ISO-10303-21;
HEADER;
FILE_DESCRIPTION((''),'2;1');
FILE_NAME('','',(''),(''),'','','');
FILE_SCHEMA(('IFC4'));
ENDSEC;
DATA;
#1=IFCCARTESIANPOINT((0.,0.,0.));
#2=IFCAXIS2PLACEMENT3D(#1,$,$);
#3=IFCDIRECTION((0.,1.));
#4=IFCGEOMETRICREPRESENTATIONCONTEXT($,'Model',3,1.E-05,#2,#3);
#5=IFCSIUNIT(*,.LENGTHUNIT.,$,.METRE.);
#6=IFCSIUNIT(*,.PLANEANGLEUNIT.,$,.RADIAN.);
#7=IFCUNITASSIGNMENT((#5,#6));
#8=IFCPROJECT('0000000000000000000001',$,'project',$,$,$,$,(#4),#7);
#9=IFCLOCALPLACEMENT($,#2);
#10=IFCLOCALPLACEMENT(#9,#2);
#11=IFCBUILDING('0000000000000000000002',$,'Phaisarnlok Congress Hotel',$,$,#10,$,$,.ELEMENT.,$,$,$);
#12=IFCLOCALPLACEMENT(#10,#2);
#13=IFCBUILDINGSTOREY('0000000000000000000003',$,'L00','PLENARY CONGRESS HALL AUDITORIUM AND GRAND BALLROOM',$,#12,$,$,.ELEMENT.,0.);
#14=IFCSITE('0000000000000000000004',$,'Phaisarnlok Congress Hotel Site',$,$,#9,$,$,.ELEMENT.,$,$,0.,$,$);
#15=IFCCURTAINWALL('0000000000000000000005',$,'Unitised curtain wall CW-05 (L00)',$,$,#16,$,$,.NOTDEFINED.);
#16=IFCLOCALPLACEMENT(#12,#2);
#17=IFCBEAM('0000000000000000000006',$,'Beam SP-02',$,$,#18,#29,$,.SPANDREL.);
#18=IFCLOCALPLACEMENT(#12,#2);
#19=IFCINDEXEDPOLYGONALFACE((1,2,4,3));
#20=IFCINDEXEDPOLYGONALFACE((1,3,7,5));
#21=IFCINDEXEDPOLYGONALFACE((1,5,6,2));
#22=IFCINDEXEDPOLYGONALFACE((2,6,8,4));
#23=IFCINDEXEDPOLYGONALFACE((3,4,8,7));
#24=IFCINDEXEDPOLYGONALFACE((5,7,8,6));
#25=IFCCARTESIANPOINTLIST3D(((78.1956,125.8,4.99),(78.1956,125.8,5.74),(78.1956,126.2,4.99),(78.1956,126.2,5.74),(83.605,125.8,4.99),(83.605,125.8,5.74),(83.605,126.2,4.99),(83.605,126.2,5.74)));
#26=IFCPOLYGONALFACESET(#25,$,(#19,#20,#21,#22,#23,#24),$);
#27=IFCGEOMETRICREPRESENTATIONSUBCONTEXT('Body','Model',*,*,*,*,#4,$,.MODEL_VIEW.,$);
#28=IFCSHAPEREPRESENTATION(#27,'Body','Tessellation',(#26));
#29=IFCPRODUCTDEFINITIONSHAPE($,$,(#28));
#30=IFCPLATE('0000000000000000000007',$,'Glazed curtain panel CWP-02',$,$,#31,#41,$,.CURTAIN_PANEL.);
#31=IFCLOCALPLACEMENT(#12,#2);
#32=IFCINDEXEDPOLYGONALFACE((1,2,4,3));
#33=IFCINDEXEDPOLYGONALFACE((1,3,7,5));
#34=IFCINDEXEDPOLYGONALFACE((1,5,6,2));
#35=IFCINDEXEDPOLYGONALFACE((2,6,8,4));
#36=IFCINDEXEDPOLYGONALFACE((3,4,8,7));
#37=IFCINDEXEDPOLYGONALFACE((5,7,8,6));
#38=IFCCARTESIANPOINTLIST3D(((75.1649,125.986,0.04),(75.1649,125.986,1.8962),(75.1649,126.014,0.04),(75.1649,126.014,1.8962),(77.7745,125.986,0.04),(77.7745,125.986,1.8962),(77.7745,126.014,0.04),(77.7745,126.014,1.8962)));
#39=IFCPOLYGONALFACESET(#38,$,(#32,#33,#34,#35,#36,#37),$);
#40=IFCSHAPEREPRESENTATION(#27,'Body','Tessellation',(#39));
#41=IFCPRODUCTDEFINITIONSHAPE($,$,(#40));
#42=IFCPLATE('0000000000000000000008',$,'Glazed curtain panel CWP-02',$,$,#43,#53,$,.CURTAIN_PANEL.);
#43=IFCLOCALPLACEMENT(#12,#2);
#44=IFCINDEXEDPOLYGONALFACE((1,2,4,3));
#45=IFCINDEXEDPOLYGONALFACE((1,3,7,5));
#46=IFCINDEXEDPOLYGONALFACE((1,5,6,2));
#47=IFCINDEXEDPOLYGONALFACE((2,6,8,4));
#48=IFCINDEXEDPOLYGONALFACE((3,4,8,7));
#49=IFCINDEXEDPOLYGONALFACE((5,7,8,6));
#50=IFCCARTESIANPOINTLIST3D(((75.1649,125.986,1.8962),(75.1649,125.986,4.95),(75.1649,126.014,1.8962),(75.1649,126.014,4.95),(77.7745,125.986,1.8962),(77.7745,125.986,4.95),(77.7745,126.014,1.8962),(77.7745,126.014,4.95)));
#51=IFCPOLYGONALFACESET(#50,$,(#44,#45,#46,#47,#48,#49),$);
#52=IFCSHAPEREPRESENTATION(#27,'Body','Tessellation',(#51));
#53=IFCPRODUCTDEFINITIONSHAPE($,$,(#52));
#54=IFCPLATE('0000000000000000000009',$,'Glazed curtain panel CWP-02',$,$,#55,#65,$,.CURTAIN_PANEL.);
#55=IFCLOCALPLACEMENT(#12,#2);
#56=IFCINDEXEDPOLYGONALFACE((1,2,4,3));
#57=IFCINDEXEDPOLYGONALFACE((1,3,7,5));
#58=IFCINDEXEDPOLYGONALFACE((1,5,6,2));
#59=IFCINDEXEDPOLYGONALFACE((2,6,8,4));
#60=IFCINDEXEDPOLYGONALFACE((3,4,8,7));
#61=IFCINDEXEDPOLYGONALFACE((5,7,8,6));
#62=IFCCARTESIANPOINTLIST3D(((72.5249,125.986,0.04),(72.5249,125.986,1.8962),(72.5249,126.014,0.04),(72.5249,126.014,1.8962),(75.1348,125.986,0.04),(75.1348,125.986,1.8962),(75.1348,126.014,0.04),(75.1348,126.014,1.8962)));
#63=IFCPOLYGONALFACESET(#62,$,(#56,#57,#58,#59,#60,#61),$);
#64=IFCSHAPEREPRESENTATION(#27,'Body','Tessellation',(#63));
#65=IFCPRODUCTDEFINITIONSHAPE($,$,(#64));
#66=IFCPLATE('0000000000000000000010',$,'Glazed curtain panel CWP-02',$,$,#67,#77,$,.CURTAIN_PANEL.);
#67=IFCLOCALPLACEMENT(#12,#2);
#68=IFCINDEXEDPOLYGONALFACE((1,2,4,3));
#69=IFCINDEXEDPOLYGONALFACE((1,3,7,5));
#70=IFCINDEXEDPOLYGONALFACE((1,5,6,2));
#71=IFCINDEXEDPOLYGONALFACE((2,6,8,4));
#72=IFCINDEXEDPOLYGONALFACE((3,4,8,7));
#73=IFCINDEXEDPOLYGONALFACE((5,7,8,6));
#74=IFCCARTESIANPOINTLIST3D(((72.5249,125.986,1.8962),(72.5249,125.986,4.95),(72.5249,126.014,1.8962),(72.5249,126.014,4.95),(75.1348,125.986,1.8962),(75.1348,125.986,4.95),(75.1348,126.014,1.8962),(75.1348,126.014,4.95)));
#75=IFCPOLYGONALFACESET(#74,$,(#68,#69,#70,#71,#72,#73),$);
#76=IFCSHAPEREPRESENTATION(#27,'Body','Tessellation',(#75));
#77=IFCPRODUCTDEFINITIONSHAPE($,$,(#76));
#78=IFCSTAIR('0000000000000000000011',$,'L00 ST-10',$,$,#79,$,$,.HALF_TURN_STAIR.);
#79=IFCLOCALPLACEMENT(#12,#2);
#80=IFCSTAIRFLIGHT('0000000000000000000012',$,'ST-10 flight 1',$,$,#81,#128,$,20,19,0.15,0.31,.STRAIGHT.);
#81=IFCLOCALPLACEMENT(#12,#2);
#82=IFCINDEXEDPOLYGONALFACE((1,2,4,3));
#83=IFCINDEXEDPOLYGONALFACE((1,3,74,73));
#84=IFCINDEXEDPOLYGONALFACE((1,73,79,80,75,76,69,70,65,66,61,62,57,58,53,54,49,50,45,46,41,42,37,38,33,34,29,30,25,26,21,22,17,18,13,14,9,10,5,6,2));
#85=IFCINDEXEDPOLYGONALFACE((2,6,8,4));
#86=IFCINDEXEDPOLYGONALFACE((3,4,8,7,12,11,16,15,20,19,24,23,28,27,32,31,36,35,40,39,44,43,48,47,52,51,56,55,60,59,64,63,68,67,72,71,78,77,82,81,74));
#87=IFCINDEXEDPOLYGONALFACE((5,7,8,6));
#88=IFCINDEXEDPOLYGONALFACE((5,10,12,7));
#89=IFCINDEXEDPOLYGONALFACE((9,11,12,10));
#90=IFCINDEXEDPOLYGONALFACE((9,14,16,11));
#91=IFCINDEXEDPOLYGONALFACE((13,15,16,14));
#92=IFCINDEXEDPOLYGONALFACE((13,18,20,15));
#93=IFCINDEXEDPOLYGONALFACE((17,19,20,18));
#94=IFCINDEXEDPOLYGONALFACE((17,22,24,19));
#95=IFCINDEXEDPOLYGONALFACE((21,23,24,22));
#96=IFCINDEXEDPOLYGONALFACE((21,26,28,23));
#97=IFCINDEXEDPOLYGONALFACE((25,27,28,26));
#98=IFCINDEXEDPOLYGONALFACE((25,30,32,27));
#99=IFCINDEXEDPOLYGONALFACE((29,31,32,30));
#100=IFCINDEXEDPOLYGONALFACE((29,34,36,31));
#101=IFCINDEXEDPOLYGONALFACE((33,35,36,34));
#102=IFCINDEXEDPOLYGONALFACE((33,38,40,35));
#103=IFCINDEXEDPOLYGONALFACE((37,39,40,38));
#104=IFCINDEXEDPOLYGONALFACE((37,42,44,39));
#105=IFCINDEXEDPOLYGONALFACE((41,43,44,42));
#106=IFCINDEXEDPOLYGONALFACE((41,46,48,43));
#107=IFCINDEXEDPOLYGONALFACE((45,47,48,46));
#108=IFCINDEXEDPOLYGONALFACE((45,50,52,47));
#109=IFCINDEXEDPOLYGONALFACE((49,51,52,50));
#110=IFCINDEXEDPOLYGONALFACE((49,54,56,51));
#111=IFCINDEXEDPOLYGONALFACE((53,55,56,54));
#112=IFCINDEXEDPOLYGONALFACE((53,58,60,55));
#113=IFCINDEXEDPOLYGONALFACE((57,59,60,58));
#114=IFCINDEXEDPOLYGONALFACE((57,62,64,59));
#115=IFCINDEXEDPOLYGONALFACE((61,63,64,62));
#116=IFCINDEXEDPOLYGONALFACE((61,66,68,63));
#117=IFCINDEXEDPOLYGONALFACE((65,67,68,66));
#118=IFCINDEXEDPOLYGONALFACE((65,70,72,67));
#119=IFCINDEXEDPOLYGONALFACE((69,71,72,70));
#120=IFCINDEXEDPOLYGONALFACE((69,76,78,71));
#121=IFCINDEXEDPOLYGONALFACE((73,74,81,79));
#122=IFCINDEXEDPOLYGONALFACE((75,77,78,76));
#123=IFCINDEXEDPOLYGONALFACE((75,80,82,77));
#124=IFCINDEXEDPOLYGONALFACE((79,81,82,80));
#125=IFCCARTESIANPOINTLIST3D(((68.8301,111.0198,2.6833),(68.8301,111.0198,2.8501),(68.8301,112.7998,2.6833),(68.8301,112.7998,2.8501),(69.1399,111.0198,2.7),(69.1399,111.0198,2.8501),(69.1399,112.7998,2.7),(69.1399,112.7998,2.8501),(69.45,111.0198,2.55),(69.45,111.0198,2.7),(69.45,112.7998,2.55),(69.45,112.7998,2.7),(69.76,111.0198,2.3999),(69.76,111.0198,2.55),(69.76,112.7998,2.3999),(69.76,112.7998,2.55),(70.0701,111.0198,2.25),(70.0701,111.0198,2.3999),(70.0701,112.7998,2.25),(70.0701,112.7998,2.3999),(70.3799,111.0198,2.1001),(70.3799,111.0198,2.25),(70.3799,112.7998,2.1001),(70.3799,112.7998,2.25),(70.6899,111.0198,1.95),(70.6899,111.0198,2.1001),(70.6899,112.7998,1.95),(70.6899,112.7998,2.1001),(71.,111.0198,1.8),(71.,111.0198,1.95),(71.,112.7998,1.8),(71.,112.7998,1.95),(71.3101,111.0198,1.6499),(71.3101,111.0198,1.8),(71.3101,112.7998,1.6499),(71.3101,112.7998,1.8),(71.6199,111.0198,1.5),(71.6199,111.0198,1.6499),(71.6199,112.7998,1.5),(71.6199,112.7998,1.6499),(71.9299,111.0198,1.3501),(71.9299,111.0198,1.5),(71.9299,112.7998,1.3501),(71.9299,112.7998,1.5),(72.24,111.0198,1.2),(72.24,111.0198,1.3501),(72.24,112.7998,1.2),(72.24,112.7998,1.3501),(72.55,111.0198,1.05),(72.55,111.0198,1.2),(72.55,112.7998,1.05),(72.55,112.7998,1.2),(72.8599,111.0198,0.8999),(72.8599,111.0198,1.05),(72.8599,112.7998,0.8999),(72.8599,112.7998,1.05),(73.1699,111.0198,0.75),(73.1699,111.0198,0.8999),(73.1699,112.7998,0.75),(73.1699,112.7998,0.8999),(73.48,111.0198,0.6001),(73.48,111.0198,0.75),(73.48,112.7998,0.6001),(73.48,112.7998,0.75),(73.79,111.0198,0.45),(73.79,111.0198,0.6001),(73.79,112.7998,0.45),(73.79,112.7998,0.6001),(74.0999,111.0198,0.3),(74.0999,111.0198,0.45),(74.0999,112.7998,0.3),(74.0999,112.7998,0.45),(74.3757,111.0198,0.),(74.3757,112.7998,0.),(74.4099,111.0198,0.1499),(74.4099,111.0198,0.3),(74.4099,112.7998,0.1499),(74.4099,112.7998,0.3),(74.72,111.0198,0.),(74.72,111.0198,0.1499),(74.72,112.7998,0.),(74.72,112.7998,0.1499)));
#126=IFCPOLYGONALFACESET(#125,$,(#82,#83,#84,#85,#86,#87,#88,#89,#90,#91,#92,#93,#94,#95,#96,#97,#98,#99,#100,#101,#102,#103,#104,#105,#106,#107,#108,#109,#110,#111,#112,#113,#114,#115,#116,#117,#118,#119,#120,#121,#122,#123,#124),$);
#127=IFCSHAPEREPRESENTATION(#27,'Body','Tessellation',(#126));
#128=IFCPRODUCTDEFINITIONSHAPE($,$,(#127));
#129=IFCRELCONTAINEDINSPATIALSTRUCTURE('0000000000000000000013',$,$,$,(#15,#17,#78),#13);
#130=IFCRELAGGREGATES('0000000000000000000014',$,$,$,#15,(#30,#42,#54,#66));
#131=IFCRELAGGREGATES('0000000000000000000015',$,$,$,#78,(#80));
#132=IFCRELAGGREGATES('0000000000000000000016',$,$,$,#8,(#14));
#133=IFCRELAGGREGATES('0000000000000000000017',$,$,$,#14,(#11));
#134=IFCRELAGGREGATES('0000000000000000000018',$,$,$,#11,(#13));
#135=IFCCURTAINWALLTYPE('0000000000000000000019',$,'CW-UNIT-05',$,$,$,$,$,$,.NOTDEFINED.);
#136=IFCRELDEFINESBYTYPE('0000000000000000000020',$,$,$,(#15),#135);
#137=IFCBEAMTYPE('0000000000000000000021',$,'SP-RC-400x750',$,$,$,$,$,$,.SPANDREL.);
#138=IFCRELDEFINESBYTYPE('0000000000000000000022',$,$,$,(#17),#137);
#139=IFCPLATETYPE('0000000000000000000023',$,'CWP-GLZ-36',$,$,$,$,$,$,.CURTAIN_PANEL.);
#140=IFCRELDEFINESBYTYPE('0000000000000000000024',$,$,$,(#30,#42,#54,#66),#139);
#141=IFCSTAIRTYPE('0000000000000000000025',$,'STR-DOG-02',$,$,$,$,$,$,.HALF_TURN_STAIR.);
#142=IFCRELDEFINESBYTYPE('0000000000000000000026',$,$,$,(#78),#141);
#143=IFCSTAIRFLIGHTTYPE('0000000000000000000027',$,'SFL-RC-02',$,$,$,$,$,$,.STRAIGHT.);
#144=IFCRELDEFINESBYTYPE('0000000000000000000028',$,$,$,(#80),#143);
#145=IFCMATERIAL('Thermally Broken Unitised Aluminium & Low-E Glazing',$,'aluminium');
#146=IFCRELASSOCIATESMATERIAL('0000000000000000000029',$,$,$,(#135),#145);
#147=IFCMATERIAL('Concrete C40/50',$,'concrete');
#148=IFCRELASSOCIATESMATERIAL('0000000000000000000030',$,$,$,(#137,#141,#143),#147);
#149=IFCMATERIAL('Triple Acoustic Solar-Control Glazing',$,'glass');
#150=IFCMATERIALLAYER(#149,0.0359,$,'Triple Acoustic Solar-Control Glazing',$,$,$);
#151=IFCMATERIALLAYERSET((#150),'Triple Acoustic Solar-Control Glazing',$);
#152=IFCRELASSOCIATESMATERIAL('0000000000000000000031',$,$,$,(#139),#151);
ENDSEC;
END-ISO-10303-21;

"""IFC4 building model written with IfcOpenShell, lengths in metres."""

from ifc_helpers import new_model, si_unit, direction, frame, frame_2d, origin, origin_2d, place, context, subcontext, project, spatial, polyline, rectangle, outline, extrude, material, layer, layer_set, material_profile, profile_set, type_object, element, aggregate, save


model = new_model("IFC4")

# Units and contexts
model_context = context("Model", 3, precision=1e-05, world=origin(), true_north=direction((0.0, 1.0)))
body_context = subcontext(model_context, "Body", "Model", "MODEL_VIEW")
ifc_project = project(units=[si_unit("LENGTHUNIT", "METRE"), si_unit("PLANEANGLEUNIT", "RADIAN")], contexts=[model_context])

# Site, building, storey
site_placement = place(None, origin())
site = spatial("IfcSite", under=ifc_project, at=site_placement, Name="Phaisarnlok Congress Hotel Site", CompositionType="ELEMENT", RefElevation=0.0)
building_placement = place(site_placement, origin())
building = spatial("IfcBuilding", under=site, at=building_placement, Name="Phaisarnlok Congress Hotel", CompositionType="ELEMENT")
storey_placement = place(building_placement, origin())
storey = spatial("IfcBuildingStorey", under=building, at=storey_placement, Name="L00", Description="PLENARY CONGRESS HALL AUDITORIUM AND GRAND BALLROOM", CompositionType="ELEMENT", Elevation=0.0)

# Curtain wall
ifc_material_1 = material(Name="Thermally Broken Unitised Aluminium & Low-E Glazing", Category="aluminium")
curtain_wall_type = type_object("IfcCurtainWallType", Name="CW-UNIT-05", PredefinedType="NOTDEFINED", material=ifc_material_1)
curtain_wall_placement = place(storey_placement, origin())
curtain_wall = element("IfcCurtainWall", 1, at=curtain_wall_placement, inside=storey, type_object=curtain_wall_type, Name="Unitised curtain wall CW-05 (L00)", PredefinedType="NOTDEFINED")

# Beam
ifc_material_2 = material(Name="Concrete C40/50", Category="concrete")
ifc_material_profile_1 = material_profile(ifc_material_2, rectangle(XDim=0.3999, YDim=0.75, at=origin_2d()), Name="RC 400x750")
ifc_profile_set_1 = profile_set([ifc_material_profile_1], Name="Concrete C40/50")
beam_type = type_object("IfcBeamType", Name="SP-RC-400x750", PredefinedType="SPANDREL", material=ifc_profile_set_1)
beam_placement = place(storey_placement, frame((78.1956, 126.0, 5.365), z_axis=(1.0, 0.0, 0.0), x_axis=(0.0, 1.0, 0.0)))
element("IfcBeam", 2, at=beam_placement, inside=storey, type_object=beam_type, Name="Beam SP-02", PredefinedType="SPANDREL", context=body_context, shape_type="SweptSolid", body=[
    extrude(rectangle(XDim=0.3999, YDim=0.75, at=origin_2d()), origin(), (0.0, 0.0, 1.0), 5.4094),
])

# Plates
ifc_material_3 = material(Name="Triple Acoustic Solar-Control Glazing", Category="glass")
ifc_layer = layer(ifc_material_3, 0.0359, Name="Triple Acoustic Solar-Control Glazing")
ifc_layer_set = layer_set([ifc_layer], Name="Triple Acoustic Solar-Control Glazing")
plate_type = type_object("IfcPlateType", Name="CWP-GLZ-36", PredefinedType="CURTAIN_PANEL", material=ifc_layer_set)
plate_1_placement = place(storey_placement, frame((77.7744, 126.0, 0.04), z_axis=(0.0, 0.0, 1.0), x_axis=(-1.0, 0.0, 0.0)))
plate_1 = element("IfcPlate", 3, at=plate_1_placement, type_object=plate_type, Name="Glazed curtain panel CWP-02", PredefinedType="CURTAIN_PANEL", context=body_context, shape_type="SweptSolid", body=[
    extrude(rectangle(XDim=2.6096, YDim=0.0281, at=frame_2d((1.3047, 0.0))), origin(), (0.0, 0.0, 1.0), 1.8562),
])
plate_2_placement = place(storey_placement, frame((77.7744, 126.0, 1.8962), z_axis=(0.0, 0.0, 1.0), x_axis=(-1.0, 0.0, 0.0)))
plate_2 = element("IfcPlate", 4, at=plate_2_placement, type_object=plate_type, Name="Glazed curtain panel CWP-02", PredefinedType="CURTAIN_PANEL", context=body_context, shape_type="SweptSolid", body=[
    extrude(rectangle(XDim=2.6096, YDim=0.0281, at=frame_2d((1.3047, 0.0))), origin(), (0.0, 0.0, 1.0), 3.0537),
])
plate_3_placement = place(storey_placement, frame((75.1348, 126.0, 0.04), z_axis=(0.0, 0.0, 1.0), x_axis=(-1.0, 0.0, 0.0)))
plate_3 = element("IfcPlate", 5, at=plate_3_placement, type_object=plate_type, Name="Glazed curtain panel CWP-02", PredefinedType="CURTAIN_PANEL", context=body_context, shape_type="SweptSolid", body=[
    extrude(rectangle(XDim=2.6099, YDim=0.0281, at=frame_2d((1.3049, 0.0))), origin(), (0.0, 0.0, 1.0), 1.8562),
])
plate_4_placement = place(storey_placement, frame((75.1348, 126.0, 1.8962), z_axis=(0.0, 0.0, 1.0), x_axis=(-1.0, 0.0, 0.0)))
plate_4 = element("IfcPlate", 6, at=plate_4_placement, type_object=plate_type, Name="Glazed curtain panel CWP-02", PredefinedType="CURTAIN_PANEL", context=body_context, shape_type="SweptSolid", body=[
    extrude(rectangle(XDim=2.6099, YDim=0.0281, at=frame_2d((1.3049, 0.0))), origin(), (0.0, 0.0, 1.0), 3.0537),
])
aggregate(curtain_wall, [plate_1, plate_2, plate_3, plate_4])

# Stair, stair flight
stair_type = type_object("IfcStairType", Name="STR-DOG-02", PredefinedType="HALF_TURN_STAIR", material=ifc_material_2)
stair_placement = place(storey_placement, origin())
stair = element("IfcStair", 7, at=stair_placement, inside=storey, type_object=stair_type, Name="L00 ST-10", PredefinedType="HALF_TURN_STAIR")
stair_flight_type = type_object("IfcStairFlightType", Name="SFL-RC-02", PredefinedType="STRAIGHT", material=ifc_material_2)
stair_flight_placement = place(storey_placement, frame((74.72, 111.9099, 0.0), z_axis=(0.0, 0.0, 1.0), x_axis=(-1.0, 0.0, 0.0)))
stair_flight = element("IfcStairFlight", 8, at=stair_flight_placement, type_object=stair_flight_type, Name="ST-10 flight 1", NumberOfRisers=20, NumberOfTreads=19, PredefinedType="STRAIGHT", RiserHeight=0.15, TreadLength=0.31, context=body_context, shape_type="SweptSolid", body=[
    extrude(outline(polyline([(0.0, 0.0), (0.0, 0.1499), (0.3101, 0.1499), (0.3101, 0.3), (0.6201, 0.3), (0.6201, 0.45), (0.9299, 0.45), (0.9299, 0.6001), (1.24, 0.6001), (1.24, 0.75), (1.55, 0.75), (1.55, 0.8999), (1.8601, 0.8999), (1.8601, 1.05), (2.1699, 1.05), (2.1699, 1.2), (2.48, 1.2), (2.48, 1.3501), (2.79, 1.3501), (2.79, 1.5), (3.1001, 1.5), (3.1001, 1.6499), (3.4099, 1.6499), (3.4099, 1.8), (3.72, 1.8), (3.72, 1.95), (4.03, 1.95), (4.03, 2.1001), (4.3401, 2.1001), (4.3401, 2.25), (4.6499, 2.25), (4.6499, 2.3999), (4.96, 2.3999), (4.96, 2.55), (5.27, 2.55), (5.27, 2.7), (5.5801, 2.7), (5.5801, 2.8501), (5.8899, 2.8501), (5.8899, 3.0), (5.8899, 2.6833), (0.3442, 0.0), (0.0, 0.0)])), frame((0.0, 0.8901, 0.0), z_axis=(0.0, -1.0, 0.0), x_axis=(1.0, 0.0, 0.0)), (0.0, 0.0, 1.0), 1.78),
])
aggregate(stair, [stair_flight])

save(model, "model.ifc")
